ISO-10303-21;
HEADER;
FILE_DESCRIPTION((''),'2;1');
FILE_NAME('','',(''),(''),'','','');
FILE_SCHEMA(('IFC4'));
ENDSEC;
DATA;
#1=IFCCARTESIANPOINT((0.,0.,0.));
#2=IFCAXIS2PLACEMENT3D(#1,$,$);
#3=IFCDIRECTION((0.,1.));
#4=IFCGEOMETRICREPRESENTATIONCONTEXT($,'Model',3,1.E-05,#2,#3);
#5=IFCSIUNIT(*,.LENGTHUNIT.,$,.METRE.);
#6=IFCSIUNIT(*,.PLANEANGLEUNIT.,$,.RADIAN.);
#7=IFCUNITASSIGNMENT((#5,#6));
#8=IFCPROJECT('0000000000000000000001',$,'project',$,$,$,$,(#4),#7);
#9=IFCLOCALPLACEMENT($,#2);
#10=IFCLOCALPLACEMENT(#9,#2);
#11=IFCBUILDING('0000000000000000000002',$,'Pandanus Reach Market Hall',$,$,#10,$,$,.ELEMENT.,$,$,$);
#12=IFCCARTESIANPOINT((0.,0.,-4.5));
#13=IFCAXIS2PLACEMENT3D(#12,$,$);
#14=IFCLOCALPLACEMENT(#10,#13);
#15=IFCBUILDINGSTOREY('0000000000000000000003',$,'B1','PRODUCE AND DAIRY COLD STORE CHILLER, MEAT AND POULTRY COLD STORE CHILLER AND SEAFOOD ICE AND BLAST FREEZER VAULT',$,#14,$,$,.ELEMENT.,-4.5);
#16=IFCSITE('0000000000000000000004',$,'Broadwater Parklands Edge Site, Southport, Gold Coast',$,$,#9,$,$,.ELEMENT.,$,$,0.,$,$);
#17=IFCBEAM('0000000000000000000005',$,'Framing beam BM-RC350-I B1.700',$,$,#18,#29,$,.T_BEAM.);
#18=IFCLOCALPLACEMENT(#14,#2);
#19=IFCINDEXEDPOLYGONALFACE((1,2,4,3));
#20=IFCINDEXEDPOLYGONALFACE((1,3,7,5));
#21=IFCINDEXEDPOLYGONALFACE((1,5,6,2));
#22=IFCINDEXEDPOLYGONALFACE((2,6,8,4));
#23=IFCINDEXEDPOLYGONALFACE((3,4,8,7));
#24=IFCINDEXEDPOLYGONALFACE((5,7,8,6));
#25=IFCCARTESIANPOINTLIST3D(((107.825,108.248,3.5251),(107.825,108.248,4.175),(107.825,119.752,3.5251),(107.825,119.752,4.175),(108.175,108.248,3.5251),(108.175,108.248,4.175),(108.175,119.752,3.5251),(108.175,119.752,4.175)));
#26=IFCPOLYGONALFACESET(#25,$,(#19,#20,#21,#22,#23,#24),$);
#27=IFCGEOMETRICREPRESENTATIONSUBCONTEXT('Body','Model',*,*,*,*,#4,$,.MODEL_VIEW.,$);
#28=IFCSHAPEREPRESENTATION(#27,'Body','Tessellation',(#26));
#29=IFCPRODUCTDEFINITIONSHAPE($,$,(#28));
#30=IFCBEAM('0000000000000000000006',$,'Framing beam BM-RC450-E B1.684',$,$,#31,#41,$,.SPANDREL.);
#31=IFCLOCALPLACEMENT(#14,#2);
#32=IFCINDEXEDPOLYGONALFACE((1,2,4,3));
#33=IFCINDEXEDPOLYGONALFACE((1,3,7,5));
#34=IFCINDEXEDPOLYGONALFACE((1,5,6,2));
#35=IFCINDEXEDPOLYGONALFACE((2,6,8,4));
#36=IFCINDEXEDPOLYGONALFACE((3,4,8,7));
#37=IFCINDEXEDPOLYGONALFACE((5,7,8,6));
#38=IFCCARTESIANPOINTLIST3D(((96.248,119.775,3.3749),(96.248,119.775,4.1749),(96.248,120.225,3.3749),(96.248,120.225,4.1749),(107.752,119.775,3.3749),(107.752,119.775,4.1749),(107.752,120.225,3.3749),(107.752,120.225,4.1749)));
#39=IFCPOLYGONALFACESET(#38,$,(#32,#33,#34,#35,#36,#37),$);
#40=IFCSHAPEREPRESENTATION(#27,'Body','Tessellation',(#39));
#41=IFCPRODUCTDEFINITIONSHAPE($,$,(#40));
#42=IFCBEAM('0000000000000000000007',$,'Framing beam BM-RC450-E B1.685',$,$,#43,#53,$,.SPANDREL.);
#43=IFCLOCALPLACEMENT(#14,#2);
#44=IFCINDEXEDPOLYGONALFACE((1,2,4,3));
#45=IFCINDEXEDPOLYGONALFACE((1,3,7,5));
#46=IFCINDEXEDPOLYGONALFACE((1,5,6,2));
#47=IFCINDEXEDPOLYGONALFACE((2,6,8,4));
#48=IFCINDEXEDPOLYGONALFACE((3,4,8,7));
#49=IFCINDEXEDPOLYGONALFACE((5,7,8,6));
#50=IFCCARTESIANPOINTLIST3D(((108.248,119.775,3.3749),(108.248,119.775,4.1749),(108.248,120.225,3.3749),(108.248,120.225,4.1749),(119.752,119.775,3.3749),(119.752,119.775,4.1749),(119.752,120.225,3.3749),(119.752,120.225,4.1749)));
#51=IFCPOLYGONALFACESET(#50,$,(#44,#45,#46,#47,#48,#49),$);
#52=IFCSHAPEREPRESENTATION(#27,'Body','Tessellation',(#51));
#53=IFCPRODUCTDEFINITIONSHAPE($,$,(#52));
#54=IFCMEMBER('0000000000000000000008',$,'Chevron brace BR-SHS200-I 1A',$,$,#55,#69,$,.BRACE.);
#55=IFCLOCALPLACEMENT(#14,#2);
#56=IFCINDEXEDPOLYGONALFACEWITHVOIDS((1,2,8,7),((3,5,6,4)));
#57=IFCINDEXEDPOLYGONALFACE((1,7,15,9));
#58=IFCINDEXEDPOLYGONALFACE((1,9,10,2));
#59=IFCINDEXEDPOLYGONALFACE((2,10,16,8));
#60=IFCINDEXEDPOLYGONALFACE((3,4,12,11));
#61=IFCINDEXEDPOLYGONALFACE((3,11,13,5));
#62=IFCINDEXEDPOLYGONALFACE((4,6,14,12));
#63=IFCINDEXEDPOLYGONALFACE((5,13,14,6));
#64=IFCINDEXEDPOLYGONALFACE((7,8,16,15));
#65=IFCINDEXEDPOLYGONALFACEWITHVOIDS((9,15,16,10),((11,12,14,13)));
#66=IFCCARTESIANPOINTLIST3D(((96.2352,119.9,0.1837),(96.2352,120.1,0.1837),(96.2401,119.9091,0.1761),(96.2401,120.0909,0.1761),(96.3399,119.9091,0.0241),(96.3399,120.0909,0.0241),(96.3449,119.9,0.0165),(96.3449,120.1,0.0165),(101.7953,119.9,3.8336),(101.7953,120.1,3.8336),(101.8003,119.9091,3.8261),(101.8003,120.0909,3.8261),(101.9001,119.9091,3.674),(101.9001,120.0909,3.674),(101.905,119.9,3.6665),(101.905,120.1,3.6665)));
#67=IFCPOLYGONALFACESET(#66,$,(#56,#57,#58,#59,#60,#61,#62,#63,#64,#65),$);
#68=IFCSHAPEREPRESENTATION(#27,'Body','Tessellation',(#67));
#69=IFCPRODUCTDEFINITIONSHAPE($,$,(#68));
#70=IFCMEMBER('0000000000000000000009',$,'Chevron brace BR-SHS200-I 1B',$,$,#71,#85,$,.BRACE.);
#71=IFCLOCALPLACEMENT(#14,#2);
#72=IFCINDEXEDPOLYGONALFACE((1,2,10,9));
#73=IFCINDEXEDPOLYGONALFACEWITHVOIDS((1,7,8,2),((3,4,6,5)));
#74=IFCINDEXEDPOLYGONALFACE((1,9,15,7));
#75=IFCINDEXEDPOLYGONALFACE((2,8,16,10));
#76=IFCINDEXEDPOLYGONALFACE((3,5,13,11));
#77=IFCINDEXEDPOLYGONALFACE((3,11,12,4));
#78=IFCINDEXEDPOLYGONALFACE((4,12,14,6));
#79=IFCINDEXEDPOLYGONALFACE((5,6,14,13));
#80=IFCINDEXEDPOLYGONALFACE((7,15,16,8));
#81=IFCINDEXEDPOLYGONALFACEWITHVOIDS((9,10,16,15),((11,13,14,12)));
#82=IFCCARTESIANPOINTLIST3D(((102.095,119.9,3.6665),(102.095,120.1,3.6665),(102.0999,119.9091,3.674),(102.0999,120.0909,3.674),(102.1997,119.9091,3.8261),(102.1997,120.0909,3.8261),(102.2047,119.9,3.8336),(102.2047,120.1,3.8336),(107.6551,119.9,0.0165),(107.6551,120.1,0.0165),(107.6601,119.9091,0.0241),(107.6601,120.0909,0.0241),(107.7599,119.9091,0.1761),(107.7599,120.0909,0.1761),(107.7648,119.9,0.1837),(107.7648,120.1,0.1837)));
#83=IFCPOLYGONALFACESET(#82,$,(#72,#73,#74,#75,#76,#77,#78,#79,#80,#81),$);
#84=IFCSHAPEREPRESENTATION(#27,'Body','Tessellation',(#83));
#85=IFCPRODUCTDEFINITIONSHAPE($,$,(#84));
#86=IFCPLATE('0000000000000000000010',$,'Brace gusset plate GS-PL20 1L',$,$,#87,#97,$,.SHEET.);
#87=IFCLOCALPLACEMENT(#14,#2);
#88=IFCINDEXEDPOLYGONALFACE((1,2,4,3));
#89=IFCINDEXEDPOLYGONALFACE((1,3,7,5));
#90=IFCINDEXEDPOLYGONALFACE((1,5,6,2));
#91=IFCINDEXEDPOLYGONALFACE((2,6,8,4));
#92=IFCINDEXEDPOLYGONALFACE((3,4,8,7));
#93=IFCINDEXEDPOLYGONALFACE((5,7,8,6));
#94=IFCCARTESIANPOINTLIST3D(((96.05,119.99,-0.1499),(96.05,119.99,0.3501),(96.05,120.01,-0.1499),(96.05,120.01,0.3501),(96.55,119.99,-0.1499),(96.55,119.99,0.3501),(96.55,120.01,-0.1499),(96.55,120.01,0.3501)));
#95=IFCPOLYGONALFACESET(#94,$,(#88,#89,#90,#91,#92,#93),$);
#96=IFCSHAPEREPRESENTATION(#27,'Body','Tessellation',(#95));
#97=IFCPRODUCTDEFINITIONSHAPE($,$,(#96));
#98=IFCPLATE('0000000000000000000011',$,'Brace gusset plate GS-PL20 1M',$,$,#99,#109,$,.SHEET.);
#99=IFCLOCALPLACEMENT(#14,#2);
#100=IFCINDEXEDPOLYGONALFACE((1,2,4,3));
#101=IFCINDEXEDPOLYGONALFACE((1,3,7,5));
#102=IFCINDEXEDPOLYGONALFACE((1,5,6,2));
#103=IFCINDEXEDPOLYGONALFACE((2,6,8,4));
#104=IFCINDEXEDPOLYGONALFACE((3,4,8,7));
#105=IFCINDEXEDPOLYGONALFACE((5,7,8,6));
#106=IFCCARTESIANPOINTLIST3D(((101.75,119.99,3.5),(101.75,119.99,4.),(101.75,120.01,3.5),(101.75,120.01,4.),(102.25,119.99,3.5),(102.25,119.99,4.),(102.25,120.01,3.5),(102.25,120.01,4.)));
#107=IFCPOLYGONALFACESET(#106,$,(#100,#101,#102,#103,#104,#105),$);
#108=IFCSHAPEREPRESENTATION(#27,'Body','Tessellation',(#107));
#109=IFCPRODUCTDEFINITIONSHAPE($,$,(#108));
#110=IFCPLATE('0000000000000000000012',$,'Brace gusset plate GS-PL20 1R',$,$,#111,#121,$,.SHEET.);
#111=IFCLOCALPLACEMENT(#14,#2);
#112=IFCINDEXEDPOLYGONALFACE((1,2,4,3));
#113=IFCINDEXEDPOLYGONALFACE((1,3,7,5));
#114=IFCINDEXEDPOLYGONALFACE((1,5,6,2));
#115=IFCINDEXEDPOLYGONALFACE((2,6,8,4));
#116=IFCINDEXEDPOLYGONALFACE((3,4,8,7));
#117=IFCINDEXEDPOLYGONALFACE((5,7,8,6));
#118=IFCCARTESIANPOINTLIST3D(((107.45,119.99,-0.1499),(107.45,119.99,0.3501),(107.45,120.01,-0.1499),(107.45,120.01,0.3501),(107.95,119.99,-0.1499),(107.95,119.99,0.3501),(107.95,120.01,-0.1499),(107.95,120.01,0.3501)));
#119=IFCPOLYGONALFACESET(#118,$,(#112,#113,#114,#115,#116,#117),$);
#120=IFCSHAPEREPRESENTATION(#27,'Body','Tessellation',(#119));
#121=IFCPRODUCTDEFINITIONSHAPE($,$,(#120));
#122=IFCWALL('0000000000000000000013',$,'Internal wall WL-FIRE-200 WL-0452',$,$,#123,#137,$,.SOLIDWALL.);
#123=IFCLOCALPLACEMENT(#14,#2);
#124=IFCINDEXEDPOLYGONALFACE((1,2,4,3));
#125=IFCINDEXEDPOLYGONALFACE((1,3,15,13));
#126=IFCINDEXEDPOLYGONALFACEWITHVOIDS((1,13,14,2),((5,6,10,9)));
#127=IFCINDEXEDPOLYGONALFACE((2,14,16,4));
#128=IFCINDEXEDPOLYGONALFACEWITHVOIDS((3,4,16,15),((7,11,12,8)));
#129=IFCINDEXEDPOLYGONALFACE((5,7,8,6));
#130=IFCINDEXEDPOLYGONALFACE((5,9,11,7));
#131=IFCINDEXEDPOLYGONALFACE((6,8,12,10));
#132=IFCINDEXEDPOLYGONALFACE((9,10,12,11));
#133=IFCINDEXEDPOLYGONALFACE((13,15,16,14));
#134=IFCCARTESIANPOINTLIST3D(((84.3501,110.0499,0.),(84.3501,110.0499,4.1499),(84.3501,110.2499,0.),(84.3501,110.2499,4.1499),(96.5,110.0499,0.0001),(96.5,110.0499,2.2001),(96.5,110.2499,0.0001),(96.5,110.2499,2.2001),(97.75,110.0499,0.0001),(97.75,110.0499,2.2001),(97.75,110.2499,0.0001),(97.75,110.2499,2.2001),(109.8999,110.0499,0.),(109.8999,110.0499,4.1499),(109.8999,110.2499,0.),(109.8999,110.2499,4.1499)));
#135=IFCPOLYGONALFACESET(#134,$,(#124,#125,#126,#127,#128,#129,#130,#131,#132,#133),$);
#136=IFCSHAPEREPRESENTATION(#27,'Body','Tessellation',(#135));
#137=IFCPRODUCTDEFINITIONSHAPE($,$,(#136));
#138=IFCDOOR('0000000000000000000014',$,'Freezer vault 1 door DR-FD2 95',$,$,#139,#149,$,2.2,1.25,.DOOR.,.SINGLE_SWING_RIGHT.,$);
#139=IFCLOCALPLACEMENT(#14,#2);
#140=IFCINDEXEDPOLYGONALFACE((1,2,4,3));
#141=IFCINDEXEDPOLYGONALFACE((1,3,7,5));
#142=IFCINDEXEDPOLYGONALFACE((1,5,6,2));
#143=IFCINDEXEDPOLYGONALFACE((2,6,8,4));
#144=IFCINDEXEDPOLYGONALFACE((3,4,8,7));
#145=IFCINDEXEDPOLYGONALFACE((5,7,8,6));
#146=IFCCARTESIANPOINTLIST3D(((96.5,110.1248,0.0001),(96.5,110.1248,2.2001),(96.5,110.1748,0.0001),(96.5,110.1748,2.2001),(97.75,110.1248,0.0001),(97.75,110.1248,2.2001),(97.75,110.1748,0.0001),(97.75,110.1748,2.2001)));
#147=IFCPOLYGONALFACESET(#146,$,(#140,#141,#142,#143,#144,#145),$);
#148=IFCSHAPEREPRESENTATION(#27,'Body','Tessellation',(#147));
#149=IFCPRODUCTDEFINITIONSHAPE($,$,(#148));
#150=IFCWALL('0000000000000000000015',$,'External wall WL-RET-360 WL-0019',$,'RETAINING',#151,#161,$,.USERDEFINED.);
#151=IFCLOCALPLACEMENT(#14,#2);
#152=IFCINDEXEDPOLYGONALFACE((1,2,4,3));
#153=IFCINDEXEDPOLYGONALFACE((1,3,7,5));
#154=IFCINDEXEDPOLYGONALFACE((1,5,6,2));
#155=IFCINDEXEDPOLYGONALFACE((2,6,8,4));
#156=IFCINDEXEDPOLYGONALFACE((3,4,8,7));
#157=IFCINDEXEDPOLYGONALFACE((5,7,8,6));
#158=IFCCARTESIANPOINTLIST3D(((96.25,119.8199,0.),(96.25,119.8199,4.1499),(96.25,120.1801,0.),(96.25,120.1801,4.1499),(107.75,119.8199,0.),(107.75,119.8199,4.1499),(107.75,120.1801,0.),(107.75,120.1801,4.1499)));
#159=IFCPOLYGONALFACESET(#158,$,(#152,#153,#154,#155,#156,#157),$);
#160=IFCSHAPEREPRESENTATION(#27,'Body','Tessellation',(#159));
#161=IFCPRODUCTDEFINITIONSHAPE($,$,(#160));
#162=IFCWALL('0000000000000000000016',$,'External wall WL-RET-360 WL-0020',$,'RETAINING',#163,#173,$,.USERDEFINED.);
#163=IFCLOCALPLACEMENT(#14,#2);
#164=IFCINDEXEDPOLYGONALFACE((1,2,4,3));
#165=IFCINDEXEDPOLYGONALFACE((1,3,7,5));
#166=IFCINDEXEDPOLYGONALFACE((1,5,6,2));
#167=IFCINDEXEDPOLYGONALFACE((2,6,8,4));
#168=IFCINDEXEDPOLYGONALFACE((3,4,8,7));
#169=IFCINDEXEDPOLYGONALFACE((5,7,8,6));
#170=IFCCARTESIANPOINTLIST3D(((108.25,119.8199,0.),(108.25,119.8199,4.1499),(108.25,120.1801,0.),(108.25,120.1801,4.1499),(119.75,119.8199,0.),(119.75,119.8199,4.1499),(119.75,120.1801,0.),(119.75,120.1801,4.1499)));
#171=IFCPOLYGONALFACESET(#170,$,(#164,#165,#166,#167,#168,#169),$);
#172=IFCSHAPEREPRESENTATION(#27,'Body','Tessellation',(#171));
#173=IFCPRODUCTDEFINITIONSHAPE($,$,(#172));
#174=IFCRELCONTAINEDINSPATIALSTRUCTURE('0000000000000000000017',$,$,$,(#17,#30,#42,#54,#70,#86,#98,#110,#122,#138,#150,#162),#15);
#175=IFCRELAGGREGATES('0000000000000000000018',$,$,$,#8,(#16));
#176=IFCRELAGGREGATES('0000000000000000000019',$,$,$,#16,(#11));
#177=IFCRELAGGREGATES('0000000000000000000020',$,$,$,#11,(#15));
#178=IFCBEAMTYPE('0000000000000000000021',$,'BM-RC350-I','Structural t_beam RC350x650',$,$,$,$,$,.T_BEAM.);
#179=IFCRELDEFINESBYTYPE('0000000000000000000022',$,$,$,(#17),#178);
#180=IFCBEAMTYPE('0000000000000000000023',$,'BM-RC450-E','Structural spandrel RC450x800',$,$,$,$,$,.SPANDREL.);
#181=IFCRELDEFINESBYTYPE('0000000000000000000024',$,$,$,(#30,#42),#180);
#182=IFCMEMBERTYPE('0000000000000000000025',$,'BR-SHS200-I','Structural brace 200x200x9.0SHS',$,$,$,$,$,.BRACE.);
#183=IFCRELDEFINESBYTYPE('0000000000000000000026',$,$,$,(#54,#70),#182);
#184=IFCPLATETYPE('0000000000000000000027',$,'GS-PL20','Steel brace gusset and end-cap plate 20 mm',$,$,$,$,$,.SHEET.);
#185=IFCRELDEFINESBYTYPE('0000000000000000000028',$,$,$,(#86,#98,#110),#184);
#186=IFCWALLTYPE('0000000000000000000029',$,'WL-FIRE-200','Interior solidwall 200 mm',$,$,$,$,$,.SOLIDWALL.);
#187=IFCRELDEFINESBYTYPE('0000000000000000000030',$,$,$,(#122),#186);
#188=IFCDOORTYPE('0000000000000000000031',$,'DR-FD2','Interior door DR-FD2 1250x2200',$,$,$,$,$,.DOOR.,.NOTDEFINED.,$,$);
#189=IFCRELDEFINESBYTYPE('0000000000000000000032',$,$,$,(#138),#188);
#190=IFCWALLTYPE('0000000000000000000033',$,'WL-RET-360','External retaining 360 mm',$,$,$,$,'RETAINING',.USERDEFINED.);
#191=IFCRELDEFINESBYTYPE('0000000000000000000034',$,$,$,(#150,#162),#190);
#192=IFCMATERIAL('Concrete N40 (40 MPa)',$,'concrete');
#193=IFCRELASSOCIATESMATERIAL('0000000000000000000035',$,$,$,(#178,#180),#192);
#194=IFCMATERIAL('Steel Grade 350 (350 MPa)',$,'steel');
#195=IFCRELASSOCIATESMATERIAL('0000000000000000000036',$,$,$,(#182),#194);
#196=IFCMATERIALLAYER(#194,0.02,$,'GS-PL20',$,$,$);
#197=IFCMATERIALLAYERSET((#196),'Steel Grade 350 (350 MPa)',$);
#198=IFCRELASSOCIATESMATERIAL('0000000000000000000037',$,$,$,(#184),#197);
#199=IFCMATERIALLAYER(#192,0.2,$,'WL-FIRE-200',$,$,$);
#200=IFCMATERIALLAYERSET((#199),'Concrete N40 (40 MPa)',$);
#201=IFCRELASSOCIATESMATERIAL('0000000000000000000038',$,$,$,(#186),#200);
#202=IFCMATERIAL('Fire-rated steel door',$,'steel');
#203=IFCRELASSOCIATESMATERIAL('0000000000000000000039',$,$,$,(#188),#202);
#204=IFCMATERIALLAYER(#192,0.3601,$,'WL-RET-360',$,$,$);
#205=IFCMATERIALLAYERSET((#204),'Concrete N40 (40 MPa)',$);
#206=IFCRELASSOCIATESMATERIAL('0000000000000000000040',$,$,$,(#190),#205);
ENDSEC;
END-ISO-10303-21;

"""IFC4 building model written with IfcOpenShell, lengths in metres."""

from ifc_helpers import new_model, si_unit, direction, frame, frame_2d, origin, origin_2d, place, context, subcontext, project, spatial, rectangle, hollow_rectangle, extrude, material, layer, layer_set, material_profile, profile_set, type_object, element, fill, save


model = new_model("IFC4")

# Units and contexts
model_context = context("Model", 3, precision=1e-05, world=origin(), true_north=direction((0.0, 1.0)))
body_context = subcontext(model_context, "Body", "Model", "MODEL_VIEW")
ifc_project = project(units=[si_unit("LENGTHUNIT", "METRE"), si_unit("PLANEANGLEUNIT", "RADIAN")], contexts=[model_context])

# Site, building, storey
site_placement = place(None, origin())
site = spatial("IfcSite", under=ifc_project, at=site_placement, Name="Broadwater Parklands Edge Site, Southport, Gold Coast", CompositionType="ELEMENT", RefElevation=0.0)
building_placement = place(site_placement, origin())
building = spatial("IfcBuilding", under=site, at=building_placement, Name="Pandanus Reach Market Hall", CompositionType="ELEMENT")
storey_placement = place(building_placement, frame((0.0, 0.0, -4.5)))
storey = spatial("IfcBuildingStorey", under=building, at=storey_placement, Name="B1", Description="PRODUCE AND DAIRY COLD STORE CHILLER, MEAT AND POULTRY COLD STORE CHILLER AND SEAFOOD ICE AND BLAST FREEZER VAULT", CompositionType="ELEMENT", Elevation=-4.5)

# Shared definitions
ifc_material_1 = material(Name="Concrete N40 (40 MPa)", Category="concrete")

# Beams
ifc_material_profile_1 = material_profile(ifc_material_1, rectangle(XDim=0.3501, YDim=0.6499, at=origin_2d()), Name="RC350x650", Category="LoadBearing")
ifc_profile_set_1 = profile_set([ifc_material_profile_1], Name="Concrete N40 (40 MPa)")
beam_type_1 = type_object("IfcBeamType", Name="BM-RC350-I", Description="Structural t_beam RC350x650", PredefinedType="T_BEAM", material=ifc_profile_set_1)
for number, where, z_axis, x_axis, name in (
    (1, (108.0, 108.248, 3.8501), (0.0, 1.0, 0.0), (-1.0, 0.0, 0.0), "Framing beam BM-RC350-I B1.700"),
):
    element("IfcBeam", number, at=place(storey_placement, frame(where, z_axis=z_axis, x_axis=x_axis)), inside=storey, type_object=beam_type_1, Name=name, PredefinedType="T_BEAM", context=body_context, shape_type="SweptSolid", body=[
        extrude(rectangle(XDim=0.3501, YDim=0.6499, at=origin_2d()), origin(), (0.0, 0.0, 1.0), 11.5039),
    ])
ifc_material_profile_2 = material_profile(ifc_material_1, rectangle(XDim=0.45, YDim=0.8, at=origin_2d()), Name="RC450x800", Category="LoadBearing")
ifc_profile_set_2 = profile_set([ifc_material_profile_2], Name="Concrete N40 (40 MPa)")
beam_type_2 = type_object("IfcBeamType", Name="BM-RC450-E", Description="Structural spandrel RC450x800", PredefinedType="SPANDREL", material=ifc_profile_set_2)
for number, where, z_axis, x_axis, name in (
    (2, (96.248, 120.0, 3.7749), (1.0, 0.0, 0.0), (0.0, 1.0, 0.0), "Framing beam BM-RC450-E B1.684"),
    (3, (108.248, 120.0, 3.7749), (1.0, 0.0, 0.0), (0.0, 1.0, 0.0), "Framing beam BM-RC450-E B1.685"),
):
    element("IfcBeam", number, at=place(storey_placement, frame(where, z_axis=z_axis, x_axis=x_axis)), inside=storey, type_object=beam_type_2, Name=name, PredefinedType="SPANDREL", context=body_context, shape_type="SweptSolid", body=[
        extrude(rectangle(XDim=0.45, YDim=0.8, at=origin_2d()), origin(), (0.0, 0.0, 1.0), 11.5039),
    ])

# Members
ifc_material_2 = material(Name="Steel Grade 350 (350 MPa)", Category="steel")
ifc_material_profile_3 = material_profile(ifc_material_2, hollow_rectangle(XDim=0.2, YDim=0.2, WallThickness=0.009, at=origin_2d()), Name="200x200x9.0SHS", Category="LoadBearing")
ifc_profile_set_3 = profile_set([ifc_material_profile_3], Name="Steel Grade 350 (350 MPa)")
member_type = type_object("IfcMemberType", Name="BR-SHS200-I", Description="Structural brace 200x200x9.0SHS", PredefinedType="BRACE", material=ifc_profile_set_3)
for number, where, z_axis, x_axis, name in (
    (4, (96.29, 120.0, 0.1001), (0.835971, 0.0, 0.548773), (0.0, 1.0, 0.0), "Chevron brace BR-SHS200-I 1A"),
    (5, (107.71, 120.0, 0.1001), (-0.835971, 0.0, 0.548773), (0.0, -1.0, 0.0), "Chevron brace BR-SHS200-I 1B"),
):
    element("IfcMember", number, at=place(storey_placement, frame(where, z_axis=z_axis, x_axis=x_axis)), inside=storey, type_object=member_type, Name=name, PredefinedType="BRACE", context=body_context, shape_type="SweptSolid", body=[
        extrude(hollow_rectangle(XDim=0.2, YDim=0.2, WallThickness=0.009, at=origin_2d()), origin(), (0.0, 0.0, 1.0), 6.6511),
    ])

# Plates
ifc_layer_1 = layer(ifc_material_2, 0.02, Name="GS-PL20")
ifc_layer_set_1 = layer_set([ifc_layer_1], Name="Steel Grade 350 (350 MPa)")
plate_type = type_object("IfcPlateType", Name="GS-PL20", Description="Steel brace gusset and end-cap plate 20 mm", PredefinedType="SHEET", material=ifc_layer_set_1)
for number, where, z_axis, x_axis, name in (
    (6, (96.3, 120.0, -0.1499), (0.0, 0.0, 1.0), (1.0, 0.0, 0.0), "Brace gusset plate GS-PL20 1L"),
    (7, (102.0, 120.0, 3.5), (0.0, 0.0, 1.0), (1.0, 0.0, 0.0), "Brace gusset plate GS-PL20 1M"),
    (8, (107.7, 120.0, -0.1499), (0.0, 0.0, 1.0), (1.0, 0.0, 0.0), "Brace gusset plate GS-PL20 1R"),
):
    element("IfcPlate", number, at=place(storey_placement, frame(where, z_axis=z_axis, x_axis=x_axis)), inside=storey, type_object=plate_type, Name=name, PredefinedType="SHEET", context=body_context, shape_type="SweptSolid", body=[
        extrude(rectangle(XDim=0.5, YDim=0.02, at=origin_2d()), origin(), (0.0, 0.0, 1.0), 0.5),
    ])

# Wall, opening, door
ifc_layer_2 = layer(ifc_material_1, 0.2, Name="WL-FIRE-200")
ifc_layer_set_2 = layer_set([ifc_layer_2], Name="Concrete N40 (40 MPa)")
wall_type_1 = type_object("IfcWallType", Name="WL-FIRE-200", Description="Interior solidwall 200 mm", PredefinedType="SOLIDWALL", material=ifc_layer_set_2)
wall_placement = place(storey_placement, frame((84.3501, 110.1499, 0.0), z_axis=(0.0, 0.0, 1.0), x_axis=(1.0, 0.0, 0.0)))
wall = element("IfcWall", 9, at=wall_placement, inside=storey, type_object=wall_type_1, Name="Internal wall WL-FIRE-200 WL-0452", PredefinedType="SOLIDWALL", context=body_context, shape_type="SweptSolid", body=[
    extrude(rectangle(XDim=25.5498, YDim=0.2, at=frame_2d((12.7749, 0.0))), origin(), (0.0, 0.0, 1.0), 4.1499),
])
opening_placement = place(wall_placement, frame((12.1499, 0.0, 0.0)))
opening = element("IfcOpeningElement", 10, at=opening_placement, cuts=wall, PredefinedType="OPENING", context=body_context, shape_type="SweptSolid", body=[
    extrude(rectangle(XDim=1.25, YDim=2.2, at=frame_2d((0.625, 1.1001))), frame((0.0, 0.115, 0.0), z_axis=(0.0, -1.0, 0.0), x_axis=(1.0, 0.0, 0.0)), (0.0, 0.0, 1.0), 0.23),
])
ifc_material_3 = material(Name="Fire-rated steel door", Category="steel")
door_type = type_object("IfcDoorType", Name="DR-FD2", Description="Interior door DR-FD2 1250x2200", OperationType="NOTDEFINED", PredefinedType="DOOR", material=ifc_material_3)
door_placement = place(opening_placement, origin())
door = element("IfcDoor", 11, at=door_placement, inside=storey, type_object=door_type, Name="Freezer vault 1 door DR-FD2 95", OperationType="SINGLE_SWING_RIGHT", OverallHeight=2.2, OverallWidth=1.25, PredefinedType="DOOR", context=body_context, shape_type="SweptSolid", body=[
    extrude(rectangle(XDim=1.25, YDim=2.2, at=frame_2d((0.625, 1.1001))), frame((0.0, 0.0249, 0.0), z_axis=(0.0, -1.0, 0.0), x_axis=(1.0, 0.0, 0.0)), (0.0, 0.0, 1.0), 0.05),
])
fill(opening, door)

# Walls
ifc_layer_3 = layer(ifc_material_1, 0.3601, Name="WL-RET-360")
ifc_layer_set_3 = layer_set([ifc_layer_3], Name="Concrete N40 (40 MPa)")
wall_type_2 = type_object("IfcWallType", Name="WL-RET-360", Description="External retaining 360 mm", ElementType="RETAINING", PredefinedType="USERDEFINED", material=ifc_layer_set_3)
for number, where, z_axis, x_axis, name in (
    (12, (96.25, 120.0, 0.0), (0.0, 0.0, 1.0), (1.0, 0.0, 0.0), "External wall WL-RET-360 WL-0019"),
    (13, (108.25, 120.0, 0.0), (0.0, 0.0, 1.0), (1.0, 0.0, 0.0), "External wall WL-RET-360 WL-0020"),
):
    element("IfcWall", number, at=place(storey_placement, frame(where, z_axis=z_axis, x_axis=x_axis)), inside=storey, type_object=wall_type_2, Name=name, ObjectType="RETAINING", PredefinedType="USERDEFINED", context=body_context, shape_type="SweptSolid", body=[
        extrude(rectangle(XDim=11.5, YDim=0.3601, at=frame_2d((5.75, 0.0))), origin(), (0.0, 0.0, 1.0), 4.1499),
    ])

save(model, "model.ifc")
